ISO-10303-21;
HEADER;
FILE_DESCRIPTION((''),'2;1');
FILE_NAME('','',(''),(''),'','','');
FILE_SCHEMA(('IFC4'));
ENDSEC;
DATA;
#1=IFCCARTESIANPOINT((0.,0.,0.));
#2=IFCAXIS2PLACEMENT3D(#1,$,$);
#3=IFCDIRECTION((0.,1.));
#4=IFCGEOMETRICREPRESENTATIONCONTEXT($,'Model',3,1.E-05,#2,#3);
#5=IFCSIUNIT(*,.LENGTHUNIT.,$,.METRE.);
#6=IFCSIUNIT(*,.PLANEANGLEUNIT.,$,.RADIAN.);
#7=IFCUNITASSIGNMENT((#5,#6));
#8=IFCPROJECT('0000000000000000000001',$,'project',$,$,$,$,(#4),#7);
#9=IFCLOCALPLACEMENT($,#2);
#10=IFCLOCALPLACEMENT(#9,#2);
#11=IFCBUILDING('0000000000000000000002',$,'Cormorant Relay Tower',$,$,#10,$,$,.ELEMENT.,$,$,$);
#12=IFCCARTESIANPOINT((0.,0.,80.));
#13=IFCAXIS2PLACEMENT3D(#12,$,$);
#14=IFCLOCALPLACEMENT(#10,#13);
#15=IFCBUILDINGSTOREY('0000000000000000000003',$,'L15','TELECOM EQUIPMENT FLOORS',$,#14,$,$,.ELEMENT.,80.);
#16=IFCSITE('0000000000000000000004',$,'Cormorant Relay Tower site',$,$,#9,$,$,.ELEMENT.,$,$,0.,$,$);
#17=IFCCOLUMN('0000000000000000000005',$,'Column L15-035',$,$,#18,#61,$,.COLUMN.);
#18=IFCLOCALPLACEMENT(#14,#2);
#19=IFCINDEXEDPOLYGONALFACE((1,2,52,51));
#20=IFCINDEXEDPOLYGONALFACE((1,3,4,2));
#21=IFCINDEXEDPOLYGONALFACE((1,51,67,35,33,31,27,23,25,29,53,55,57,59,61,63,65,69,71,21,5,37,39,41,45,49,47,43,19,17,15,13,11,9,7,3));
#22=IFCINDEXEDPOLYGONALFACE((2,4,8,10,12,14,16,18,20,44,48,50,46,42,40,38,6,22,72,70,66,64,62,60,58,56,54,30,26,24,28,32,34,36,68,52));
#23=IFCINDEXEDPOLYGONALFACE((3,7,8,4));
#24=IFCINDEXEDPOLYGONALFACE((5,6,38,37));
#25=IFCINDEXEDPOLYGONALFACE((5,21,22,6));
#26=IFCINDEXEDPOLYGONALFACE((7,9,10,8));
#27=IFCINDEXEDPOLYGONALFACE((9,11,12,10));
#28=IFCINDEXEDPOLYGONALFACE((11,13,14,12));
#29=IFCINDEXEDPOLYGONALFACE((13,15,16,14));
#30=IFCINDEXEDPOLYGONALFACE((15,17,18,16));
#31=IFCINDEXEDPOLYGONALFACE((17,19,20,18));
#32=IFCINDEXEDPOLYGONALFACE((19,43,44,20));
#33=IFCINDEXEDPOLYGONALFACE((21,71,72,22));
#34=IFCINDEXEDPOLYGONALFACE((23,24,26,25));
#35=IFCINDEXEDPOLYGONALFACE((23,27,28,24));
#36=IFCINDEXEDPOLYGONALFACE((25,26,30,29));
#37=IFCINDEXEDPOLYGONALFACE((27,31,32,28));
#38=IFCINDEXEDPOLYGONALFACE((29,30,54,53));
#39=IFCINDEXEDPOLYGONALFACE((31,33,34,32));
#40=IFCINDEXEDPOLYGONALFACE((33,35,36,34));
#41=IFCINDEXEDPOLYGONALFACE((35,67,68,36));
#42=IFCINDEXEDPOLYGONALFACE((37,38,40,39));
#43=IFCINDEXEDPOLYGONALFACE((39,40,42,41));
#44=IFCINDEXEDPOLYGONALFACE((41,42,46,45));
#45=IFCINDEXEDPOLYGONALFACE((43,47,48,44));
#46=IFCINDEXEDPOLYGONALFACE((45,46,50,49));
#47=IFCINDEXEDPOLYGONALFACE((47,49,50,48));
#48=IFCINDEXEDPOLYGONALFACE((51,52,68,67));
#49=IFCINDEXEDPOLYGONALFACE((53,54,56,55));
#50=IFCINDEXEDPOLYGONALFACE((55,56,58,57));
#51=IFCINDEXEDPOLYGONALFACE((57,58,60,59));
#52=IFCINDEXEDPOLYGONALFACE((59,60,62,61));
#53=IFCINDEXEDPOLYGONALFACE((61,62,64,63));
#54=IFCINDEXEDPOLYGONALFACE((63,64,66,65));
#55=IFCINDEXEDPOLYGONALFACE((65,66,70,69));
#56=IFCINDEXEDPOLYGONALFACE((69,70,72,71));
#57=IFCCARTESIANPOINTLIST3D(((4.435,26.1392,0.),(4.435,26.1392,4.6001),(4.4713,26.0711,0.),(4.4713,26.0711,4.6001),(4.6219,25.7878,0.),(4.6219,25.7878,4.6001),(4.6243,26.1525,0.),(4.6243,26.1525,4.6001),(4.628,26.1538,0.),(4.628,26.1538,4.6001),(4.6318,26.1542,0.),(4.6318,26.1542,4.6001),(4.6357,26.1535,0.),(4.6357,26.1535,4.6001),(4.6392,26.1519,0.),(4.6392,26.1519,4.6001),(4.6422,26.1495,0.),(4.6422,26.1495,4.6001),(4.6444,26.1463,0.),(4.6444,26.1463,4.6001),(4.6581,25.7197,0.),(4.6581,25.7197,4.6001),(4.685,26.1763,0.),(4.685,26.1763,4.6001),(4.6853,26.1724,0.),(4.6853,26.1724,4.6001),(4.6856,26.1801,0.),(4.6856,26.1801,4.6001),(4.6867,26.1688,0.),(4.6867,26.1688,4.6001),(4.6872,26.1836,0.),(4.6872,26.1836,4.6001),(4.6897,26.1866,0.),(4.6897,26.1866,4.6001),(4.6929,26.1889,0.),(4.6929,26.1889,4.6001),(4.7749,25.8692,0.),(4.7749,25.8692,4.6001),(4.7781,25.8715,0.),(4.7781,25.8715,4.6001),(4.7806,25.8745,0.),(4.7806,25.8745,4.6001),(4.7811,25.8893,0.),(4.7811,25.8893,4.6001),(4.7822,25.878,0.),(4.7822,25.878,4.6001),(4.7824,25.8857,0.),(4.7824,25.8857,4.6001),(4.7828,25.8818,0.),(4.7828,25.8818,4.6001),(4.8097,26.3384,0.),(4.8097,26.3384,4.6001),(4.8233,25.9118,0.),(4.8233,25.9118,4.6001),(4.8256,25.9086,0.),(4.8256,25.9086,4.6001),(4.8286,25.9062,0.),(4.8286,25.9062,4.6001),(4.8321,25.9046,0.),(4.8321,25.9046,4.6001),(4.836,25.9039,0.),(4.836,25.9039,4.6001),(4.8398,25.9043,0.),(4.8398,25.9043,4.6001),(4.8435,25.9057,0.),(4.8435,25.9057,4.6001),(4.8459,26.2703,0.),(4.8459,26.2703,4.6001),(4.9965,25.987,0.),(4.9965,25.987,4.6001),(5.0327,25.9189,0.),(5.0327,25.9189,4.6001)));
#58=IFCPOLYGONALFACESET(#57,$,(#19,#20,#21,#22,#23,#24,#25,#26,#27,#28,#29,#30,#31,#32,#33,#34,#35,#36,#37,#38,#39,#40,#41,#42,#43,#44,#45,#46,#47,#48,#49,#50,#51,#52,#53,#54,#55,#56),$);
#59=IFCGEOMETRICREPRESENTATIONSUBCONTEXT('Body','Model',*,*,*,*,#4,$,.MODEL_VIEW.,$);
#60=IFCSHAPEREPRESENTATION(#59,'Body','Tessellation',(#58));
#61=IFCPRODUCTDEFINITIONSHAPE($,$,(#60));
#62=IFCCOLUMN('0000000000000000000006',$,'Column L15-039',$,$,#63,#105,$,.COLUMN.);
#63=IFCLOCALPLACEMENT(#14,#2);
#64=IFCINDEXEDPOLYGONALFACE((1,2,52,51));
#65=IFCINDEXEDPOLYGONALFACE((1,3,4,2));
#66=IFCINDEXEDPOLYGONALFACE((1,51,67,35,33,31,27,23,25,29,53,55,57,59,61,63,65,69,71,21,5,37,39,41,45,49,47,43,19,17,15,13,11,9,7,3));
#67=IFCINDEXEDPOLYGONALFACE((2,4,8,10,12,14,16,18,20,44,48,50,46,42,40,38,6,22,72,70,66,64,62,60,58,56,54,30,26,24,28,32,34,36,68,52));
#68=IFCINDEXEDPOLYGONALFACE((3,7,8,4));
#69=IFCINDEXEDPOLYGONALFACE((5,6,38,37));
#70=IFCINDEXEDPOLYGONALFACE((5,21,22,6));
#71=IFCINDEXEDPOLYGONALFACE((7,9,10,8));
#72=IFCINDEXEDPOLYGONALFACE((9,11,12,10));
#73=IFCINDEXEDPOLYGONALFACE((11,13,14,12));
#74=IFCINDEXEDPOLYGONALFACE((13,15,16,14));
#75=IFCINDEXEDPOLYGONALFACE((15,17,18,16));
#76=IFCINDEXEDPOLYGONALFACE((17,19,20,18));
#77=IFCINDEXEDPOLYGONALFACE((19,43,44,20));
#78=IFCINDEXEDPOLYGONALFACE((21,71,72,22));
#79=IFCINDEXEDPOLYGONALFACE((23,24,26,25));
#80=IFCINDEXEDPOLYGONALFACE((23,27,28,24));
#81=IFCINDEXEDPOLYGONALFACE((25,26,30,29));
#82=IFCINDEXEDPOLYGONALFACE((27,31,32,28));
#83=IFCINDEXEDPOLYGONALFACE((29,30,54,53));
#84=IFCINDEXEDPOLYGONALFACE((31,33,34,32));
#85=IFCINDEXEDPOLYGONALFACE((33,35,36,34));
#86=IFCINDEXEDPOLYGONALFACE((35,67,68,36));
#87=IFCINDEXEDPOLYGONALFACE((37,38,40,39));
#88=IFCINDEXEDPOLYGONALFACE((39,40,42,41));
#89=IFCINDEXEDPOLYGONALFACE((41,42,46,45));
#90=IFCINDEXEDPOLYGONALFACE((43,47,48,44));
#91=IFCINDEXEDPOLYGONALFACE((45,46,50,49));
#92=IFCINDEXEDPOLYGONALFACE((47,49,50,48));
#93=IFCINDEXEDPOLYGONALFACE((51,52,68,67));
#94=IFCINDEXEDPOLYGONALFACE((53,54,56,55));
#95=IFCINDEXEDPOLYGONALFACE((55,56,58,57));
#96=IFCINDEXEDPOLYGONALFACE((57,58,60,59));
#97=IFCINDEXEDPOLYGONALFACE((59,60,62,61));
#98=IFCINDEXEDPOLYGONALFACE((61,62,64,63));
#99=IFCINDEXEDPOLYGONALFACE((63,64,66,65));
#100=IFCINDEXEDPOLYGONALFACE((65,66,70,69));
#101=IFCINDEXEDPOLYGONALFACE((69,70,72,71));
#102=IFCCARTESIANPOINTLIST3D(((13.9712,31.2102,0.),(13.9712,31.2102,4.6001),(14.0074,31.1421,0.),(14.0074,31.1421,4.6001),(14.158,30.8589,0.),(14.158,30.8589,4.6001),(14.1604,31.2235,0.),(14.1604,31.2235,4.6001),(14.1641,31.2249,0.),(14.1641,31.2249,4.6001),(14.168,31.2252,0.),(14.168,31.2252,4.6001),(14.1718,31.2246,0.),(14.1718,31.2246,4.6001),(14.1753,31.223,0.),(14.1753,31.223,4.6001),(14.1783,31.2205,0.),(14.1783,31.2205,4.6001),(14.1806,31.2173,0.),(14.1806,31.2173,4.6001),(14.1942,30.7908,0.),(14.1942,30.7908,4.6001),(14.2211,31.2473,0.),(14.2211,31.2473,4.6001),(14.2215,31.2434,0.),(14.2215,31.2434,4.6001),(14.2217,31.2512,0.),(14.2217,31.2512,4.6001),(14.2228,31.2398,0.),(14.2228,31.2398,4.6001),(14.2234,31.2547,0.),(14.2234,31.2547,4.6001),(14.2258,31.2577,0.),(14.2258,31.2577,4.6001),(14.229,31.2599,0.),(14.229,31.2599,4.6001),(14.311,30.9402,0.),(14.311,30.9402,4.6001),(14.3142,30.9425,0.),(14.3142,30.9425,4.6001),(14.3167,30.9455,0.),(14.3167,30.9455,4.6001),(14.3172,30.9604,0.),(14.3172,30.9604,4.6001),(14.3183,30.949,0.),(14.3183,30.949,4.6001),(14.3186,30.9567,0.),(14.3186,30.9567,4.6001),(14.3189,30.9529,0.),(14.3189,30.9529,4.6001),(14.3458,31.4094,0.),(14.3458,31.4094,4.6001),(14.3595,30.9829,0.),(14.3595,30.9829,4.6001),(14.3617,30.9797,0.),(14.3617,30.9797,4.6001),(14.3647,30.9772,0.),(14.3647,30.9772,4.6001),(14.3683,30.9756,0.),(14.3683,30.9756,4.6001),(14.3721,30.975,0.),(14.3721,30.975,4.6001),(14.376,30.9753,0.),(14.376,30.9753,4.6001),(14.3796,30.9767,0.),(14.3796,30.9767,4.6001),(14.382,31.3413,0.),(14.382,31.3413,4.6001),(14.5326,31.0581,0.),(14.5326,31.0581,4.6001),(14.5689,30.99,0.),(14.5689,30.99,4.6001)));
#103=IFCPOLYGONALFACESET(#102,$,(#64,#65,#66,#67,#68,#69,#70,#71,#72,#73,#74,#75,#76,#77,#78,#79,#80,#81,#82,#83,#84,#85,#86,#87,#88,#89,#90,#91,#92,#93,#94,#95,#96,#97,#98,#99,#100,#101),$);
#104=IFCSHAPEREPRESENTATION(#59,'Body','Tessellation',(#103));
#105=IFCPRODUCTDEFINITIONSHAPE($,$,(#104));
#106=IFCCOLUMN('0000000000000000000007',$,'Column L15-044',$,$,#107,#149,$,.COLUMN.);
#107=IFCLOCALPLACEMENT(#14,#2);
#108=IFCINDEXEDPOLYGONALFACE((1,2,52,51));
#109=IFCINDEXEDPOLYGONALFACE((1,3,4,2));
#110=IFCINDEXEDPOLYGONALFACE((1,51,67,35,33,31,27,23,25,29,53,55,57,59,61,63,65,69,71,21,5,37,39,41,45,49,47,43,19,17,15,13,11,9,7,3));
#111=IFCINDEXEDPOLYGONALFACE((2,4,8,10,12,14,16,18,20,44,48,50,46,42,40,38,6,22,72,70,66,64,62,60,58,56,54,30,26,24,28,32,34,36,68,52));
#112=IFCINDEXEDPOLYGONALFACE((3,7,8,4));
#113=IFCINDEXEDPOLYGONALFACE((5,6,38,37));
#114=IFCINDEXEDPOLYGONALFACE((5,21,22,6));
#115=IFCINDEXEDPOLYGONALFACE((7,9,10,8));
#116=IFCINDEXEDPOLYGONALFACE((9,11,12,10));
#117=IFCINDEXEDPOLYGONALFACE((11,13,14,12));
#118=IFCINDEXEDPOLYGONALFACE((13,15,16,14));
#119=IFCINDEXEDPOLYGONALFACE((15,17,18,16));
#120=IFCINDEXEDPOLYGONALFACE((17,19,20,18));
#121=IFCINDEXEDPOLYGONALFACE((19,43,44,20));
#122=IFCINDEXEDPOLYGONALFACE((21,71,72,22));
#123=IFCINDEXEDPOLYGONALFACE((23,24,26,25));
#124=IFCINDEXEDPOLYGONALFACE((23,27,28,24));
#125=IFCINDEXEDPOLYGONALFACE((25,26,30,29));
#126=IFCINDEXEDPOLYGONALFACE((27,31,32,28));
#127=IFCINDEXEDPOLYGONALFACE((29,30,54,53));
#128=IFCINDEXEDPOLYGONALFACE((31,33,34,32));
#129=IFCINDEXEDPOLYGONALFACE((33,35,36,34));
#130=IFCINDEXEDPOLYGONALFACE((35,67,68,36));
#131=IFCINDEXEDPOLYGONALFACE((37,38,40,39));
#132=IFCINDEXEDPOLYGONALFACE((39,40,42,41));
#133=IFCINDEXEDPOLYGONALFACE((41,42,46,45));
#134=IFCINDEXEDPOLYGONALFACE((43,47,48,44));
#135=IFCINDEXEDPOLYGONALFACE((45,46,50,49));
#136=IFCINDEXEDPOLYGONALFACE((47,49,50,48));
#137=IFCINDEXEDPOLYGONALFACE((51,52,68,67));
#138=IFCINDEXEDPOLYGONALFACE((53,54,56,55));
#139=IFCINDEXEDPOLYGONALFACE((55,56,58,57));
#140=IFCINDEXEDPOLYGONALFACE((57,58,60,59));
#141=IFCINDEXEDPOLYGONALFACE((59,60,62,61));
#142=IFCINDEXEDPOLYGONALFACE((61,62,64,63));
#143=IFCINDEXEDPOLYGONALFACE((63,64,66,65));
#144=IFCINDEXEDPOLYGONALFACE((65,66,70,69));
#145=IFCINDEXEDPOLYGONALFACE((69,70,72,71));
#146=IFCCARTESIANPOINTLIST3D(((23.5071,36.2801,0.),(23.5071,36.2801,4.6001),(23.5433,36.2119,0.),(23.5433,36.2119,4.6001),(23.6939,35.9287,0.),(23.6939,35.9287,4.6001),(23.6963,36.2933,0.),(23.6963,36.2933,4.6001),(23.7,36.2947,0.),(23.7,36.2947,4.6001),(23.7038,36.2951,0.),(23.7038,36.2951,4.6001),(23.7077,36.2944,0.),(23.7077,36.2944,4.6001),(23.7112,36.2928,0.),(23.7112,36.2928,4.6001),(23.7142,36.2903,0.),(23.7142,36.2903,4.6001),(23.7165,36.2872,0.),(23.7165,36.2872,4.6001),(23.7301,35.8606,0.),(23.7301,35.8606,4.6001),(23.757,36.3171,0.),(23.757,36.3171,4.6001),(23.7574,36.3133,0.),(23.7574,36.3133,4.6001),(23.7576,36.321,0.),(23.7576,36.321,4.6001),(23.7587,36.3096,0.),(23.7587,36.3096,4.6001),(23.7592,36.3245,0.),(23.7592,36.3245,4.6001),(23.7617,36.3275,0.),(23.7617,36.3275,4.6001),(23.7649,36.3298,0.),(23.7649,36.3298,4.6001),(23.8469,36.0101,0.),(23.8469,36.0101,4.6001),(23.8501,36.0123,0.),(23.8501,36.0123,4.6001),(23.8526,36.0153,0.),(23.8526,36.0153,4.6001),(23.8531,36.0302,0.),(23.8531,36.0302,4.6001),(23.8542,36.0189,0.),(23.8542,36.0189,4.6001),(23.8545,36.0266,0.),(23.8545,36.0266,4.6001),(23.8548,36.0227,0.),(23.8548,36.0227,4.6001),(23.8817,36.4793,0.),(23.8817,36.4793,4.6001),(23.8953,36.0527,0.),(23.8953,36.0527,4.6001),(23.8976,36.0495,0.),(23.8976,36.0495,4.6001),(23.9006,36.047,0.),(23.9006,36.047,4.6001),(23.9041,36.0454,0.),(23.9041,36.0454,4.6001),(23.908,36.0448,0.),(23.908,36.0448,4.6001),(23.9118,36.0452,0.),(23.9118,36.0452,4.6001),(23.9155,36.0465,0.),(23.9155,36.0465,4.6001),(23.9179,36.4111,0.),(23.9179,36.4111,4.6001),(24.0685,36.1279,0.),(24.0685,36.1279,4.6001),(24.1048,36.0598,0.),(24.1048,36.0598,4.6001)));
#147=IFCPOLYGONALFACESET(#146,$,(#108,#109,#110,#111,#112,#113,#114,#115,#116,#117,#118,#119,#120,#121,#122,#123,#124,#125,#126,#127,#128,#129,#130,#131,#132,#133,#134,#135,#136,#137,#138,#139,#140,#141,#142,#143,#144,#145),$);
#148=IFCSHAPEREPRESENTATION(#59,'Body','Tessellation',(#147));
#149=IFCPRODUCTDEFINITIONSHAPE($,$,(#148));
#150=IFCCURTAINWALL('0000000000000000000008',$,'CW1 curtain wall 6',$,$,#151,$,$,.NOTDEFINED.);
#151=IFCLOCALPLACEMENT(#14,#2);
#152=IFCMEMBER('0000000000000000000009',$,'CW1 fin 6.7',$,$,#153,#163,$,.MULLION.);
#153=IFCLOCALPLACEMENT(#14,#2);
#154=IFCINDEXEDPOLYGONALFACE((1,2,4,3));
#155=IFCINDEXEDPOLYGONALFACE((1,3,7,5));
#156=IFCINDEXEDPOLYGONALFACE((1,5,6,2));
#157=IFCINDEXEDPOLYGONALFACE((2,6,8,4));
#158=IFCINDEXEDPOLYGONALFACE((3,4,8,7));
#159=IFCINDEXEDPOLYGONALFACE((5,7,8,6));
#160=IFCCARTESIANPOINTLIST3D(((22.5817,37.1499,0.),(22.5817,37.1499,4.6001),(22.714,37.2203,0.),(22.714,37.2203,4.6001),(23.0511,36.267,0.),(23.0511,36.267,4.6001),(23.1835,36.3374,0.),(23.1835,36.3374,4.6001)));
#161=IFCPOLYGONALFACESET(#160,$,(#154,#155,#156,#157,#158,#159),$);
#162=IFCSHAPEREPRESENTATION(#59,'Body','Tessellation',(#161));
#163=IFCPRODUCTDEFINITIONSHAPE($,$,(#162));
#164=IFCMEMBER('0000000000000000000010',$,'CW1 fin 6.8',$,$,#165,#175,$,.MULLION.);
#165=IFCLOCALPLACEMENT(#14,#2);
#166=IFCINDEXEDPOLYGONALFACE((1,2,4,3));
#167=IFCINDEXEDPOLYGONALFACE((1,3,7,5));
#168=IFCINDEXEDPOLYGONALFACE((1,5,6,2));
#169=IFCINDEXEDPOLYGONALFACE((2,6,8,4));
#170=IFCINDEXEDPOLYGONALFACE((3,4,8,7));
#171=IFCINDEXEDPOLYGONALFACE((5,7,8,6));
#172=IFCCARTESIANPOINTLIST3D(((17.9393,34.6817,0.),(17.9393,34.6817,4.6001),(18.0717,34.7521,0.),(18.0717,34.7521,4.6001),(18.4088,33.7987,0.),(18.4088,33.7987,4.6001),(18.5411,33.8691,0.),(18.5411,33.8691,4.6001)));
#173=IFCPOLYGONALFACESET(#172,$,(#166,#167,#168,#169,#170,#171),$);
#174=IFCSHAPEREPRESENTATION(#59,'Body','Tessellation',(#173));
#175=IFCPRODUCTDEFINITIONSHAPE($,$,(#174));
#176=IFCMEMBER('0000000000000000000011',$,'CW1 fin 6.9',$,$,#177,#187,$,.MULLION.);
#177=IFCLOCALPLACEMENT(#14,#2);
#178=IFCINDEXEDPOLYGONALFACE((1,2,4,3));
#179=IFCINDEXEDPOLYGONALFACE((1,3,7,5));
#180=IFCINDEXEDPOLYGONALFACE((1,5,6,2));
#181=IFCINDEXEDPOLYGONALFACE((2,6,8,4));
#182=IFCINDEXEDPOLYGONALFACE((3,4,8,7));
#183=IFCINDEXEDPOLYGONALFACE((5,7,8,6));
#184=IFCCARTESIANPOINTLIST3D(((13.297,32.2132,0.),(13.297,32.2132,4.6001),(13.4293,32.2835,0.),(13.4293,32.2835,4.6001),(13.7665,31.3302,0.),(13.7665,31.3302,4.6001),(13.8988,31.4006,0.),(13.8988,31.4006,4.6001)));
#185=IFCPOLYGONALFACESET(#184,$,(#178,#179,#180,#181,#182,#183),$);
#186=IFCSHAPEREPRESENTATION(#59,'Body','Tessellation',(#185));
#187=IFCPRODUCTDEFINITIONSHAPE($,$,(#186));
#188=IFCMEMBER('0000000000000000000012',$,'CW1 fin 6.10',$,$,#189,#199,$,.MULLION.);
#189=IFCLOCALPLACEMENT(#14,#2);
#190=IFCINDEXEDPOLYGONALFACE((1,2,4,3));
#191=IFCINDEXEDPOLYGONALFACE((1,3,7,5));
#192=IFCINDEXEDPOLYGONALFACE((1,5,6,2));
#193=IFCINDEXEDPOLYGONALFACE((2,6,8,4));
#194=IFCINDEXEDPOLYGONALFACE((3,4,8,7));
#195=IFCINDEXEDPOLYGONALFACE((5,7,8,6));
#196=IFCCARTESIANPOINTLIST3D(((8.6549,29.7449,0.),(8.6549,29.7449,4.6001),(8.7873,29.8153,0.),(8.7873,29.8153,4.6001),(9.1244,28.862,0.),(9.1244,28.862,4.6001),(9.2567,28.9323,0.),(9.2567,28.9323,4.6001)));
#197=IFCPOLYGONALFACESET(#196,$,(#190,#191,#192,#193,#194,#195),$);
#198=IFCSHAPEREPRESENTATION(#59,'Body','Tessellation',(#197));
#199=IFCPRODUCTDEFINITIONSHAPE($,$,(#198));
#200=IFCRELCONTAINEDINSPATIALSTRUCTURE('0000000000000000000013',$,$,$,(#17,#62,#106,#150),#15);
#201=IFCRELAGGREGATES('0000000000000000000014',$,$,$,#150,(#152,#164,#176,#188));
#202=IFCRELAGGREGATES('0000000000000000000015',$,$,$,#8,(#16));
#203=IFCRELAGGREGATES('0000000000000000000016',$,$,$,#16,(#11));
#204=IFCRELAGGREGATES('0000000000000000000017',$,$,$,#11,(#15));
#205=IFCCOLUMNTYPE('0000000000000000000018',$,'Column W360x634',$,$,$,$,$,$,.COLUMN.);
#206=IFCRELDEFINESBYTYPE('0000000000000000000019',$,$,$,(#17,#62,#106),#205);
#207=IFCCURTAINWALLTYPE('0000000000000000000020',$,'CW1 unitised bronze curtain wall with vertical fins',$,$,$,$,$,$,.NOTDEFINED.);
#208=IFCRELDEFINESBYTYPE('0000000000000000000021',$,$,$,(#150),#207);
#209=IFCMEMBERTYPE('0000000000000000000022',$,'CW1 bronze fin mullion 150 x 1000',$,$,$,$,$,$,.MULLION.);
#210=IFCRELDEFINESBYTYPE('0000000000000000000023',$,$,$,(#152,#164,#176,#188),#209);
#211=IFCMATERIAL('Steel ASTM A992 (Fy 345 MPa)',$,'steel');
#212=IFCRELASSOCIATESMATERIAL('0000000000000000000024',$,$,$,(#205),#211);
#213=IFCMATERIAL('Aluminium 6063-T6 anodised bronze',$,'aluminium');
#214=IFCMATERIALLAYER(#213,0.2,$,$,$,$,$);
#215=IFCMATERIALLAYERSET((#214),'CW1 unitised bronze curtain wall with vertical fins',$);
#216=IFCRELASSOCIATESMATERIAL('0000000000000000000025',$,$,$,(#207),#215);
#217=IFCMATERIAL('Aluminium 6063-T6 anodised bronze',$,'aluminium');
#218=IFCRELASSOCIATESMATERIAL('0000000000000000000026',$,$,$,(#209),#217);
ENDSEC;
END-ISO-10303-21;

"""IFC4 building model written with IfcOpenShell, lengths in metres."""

from ifc_helpers import new_model, si_unit, direction, frame, origin, origin_2d, place, context, subcontext, project, spatial, rectangle, i_section, extrude, material, layer, layer_set, material_profile, profile_set, type_object, element, aggregate, save


model = new_model("IFC4")

# Units and contexts
model_context = context("Model", 3, precision=1e-05, world=origin(), true_north=direction((0.0, 1.0)))
body_context = subcontext(model_context, "Body", "Model", "MODEL_VIEW")
ifc_project = project(units=[si_unit("LENGTHUNIT", "METRE"), si_unit("PLANEANGLEUNIT", "RADIAN")], contexts=[model_context])

# Site, building, storey
site_placement = place(None, origin())
site = spatial("IfcSite", under=ifc_project, at=site_placement, Name="Cormorant Relay Tower site", CompositionType="ELEMENT", RefElevation=0.0)
building_placement = place(site_placement, origin())
building = spatial("IfcBuilding", under=site, at=building_placement, Name="Cormorant Relay Tower", CompositionType="ELEMENT")
storey_placement = place(building_placement, frame((0.0, 0.0, 80.0)))
storey = spatial("IfcBuildingStorey", under=building, at=storey_placement, Name="L15", Description="TELECOM EQUIPMENT FLOORS", CompositionType="ELEMENT", Elevation=80.0)

# Columns
ifc_material_1 = material(Name="Steel ASTM A992 (Fy 345 MPa)", Category="steel")
ifc_material_profile_1 = material_profile(ifc_material_1, i_section(OverallWidth=0.4243, OverallDepth=0.4751, WebThickness=0.0479, FlangeThickness=0.0771, FilletRadius=0.0149, at=origin_2d()), Name="W360x634")
ifc_profile_set_1 = profile_set([ifc_material_profile_1], Name="Steel ASTM A992 (Fy 345 MPa)")
column_type = type_object("IfcColumnType", Name="Column W360x634", PredefinedType="COLUMN", material=ifc_profile_set_1)
for number, where, z_axis, x_axis, name in (
    (1, (4.7339, 26.0291, 0.0), (0.0, 0.0, 1.0), (-0.882948, -0.469472, 0.0), "Column L15-035"),
    (2, (14.27, 31.1001, 0.0), (0.0, 0.0, 1.0), (-0.882948, -0.469472, 0.0), "Column L15-039"),
    (3, (23.8059, 36.1699, 0.0), (0.0, 0.0, 1.0), (-0.882948, -0.469472, 0.0), "Column L15-044"),
):
    element("IfcColumn", number, at=place(storey_placement, frame(where, z_axis=z_axis, x_axis=x_axis)), inside=storey, type_object=column_type, Name=name, PredefinedType="COLUMN", context=body_context, shape_type="SweptSolid", body=[
        extrude(i_section(OverallWidth=0.4243, OverallDepth=0.4751, WebThickness=0.0479, FlangeThickness=0.0771, FilletRadius=0.0149, at=origin_2d()), origin(), (0.0, 0.0, 1.0), 4.6001),
    ])

# Curtain wall, members
ifc_material_2 = material(Name="Aluminium 6063-T6 anodised bronze", Category="aluminium")
ifc_layer_1 = layer(ifc_material_2, 0.2)
ifc_layer_set_1 = layer_set([ifc_layer_1], Name="CW1 unitised bronze curtain wall with vertical fins")
curtain_wall_type = type_object("IfcCurtainWallType", Name="CW1 unitised bronze curtain wall with vertical fins", PredefinedType="NOTDEFINED", material=ifc_layer_set_1)
curtain_wall_1_placement = place(storey_placement, origin())
curtain_wall_1 = element("IfcCurtainWall", 4, at=curtain_wall_1_placement, inside=storey, type_object=curtain_wall_type, Name="CW1 curtain wall 6", PredefinedType="NOTDEFINED")
ifc_material_3 = material(Name="Aluminium 6063-T6 anodised bronze", Category="aluminium")
ifc_material_profile_2 = material_profile(ifc_material_3, rectangle(XDim=0.1499, YDim=1.0, at=origin_2d()), Name="AL 150x1000")
ifc_profile_set_2 = profile_set([ifc_material_profile_2], Name="Aluminium 6063-T6 anodised bronze")
member_type_1 = type_object("IfcMemberType", Name="CW1 bronze fin mullion 150 x 1000", PredefinedType="MULLION", material=ifc_profile_set_2)
member_1_placement = place(storey_placement, frame((22.8826, 36.7437, 0.0), z_axis=(0.0, 0.0, 1.0), x_axis=(-0.882948, -0.469472, 0.0)))
member_1 = element("IfcMember", 5, at=member_1_placement, type_object=member_type_1, Name="CW1 fin 6.7", PredefinedType="MULLION", context=body_context, shape_type="SweptSolid", body=[
    extrude(rectangle(XDim=0.1499, YDim=1.0, at=origin_2d()), origin(), (0.0, 0.0, 1.0), 4.6001),
])
member_2_placement = place(storey_placement, frame((18.2402, 34.2754, 0.0), z_axis=(0.0, 0.0, 1.0), x_axis=(-0.882948, -0.469472, 0.0)))
member_2 = element("IfcMember", 6, at=member_2_placement, type_object=member_type_1, Name="CW1 fin 6.8", PredefinedType="MULLION", context=body_context, shape_type="SweptSolid", body=[
    extrude(rectangle(XDim=0.1499, YDim=1.0, at=origin_2d()), origin(), (0.0, 0.0, 1.0), 4.6001),
])
member_3_placement = place(storey_placement, frame((13.5979, 31.8069, 0.0), z_axis=(0.0, 0.0, 1.0), x_axis=(-0.882948, -0.469472, 0.0)))
member_3 = element("IfcMember", 7, at=member_3_placement, type_object=member_type_1, Name="CW1 fin 6.9", PredefinedType="MULLION", context=body_context, shape_type="SweptSolid", body=[
    extrude(rectangle(XDim=0.1499, YDim=1.0, at=origin_2d()), origin(), (0.0, 0.0, 1.0), 4.6001),
])
member_4_placement = place(storey_placement, frame((8.9558, 29.3386, 0.0), z_axis=(0.0, 0.0, 1.0), x_axis=(-0.882948, -0.469472, 0.0)))
member_4 = element("IfcMember", 8, at=member_4_placement, type_object=member_type_1, Name="CW1 fin 6.10", PredefinedType="MULLION", context=body_context, shape_type="SweptSolid", body=[
    extrude(rectangle(XDim=0.1499, YDim=1.0, at=origin_2d()), origin(), (0.0, 0.0, 1.0), 4.6001),
])

aggregate(curtain_wall_1, [member_1, member_2, member_3, member_4])

save(model, "model.ifc")
